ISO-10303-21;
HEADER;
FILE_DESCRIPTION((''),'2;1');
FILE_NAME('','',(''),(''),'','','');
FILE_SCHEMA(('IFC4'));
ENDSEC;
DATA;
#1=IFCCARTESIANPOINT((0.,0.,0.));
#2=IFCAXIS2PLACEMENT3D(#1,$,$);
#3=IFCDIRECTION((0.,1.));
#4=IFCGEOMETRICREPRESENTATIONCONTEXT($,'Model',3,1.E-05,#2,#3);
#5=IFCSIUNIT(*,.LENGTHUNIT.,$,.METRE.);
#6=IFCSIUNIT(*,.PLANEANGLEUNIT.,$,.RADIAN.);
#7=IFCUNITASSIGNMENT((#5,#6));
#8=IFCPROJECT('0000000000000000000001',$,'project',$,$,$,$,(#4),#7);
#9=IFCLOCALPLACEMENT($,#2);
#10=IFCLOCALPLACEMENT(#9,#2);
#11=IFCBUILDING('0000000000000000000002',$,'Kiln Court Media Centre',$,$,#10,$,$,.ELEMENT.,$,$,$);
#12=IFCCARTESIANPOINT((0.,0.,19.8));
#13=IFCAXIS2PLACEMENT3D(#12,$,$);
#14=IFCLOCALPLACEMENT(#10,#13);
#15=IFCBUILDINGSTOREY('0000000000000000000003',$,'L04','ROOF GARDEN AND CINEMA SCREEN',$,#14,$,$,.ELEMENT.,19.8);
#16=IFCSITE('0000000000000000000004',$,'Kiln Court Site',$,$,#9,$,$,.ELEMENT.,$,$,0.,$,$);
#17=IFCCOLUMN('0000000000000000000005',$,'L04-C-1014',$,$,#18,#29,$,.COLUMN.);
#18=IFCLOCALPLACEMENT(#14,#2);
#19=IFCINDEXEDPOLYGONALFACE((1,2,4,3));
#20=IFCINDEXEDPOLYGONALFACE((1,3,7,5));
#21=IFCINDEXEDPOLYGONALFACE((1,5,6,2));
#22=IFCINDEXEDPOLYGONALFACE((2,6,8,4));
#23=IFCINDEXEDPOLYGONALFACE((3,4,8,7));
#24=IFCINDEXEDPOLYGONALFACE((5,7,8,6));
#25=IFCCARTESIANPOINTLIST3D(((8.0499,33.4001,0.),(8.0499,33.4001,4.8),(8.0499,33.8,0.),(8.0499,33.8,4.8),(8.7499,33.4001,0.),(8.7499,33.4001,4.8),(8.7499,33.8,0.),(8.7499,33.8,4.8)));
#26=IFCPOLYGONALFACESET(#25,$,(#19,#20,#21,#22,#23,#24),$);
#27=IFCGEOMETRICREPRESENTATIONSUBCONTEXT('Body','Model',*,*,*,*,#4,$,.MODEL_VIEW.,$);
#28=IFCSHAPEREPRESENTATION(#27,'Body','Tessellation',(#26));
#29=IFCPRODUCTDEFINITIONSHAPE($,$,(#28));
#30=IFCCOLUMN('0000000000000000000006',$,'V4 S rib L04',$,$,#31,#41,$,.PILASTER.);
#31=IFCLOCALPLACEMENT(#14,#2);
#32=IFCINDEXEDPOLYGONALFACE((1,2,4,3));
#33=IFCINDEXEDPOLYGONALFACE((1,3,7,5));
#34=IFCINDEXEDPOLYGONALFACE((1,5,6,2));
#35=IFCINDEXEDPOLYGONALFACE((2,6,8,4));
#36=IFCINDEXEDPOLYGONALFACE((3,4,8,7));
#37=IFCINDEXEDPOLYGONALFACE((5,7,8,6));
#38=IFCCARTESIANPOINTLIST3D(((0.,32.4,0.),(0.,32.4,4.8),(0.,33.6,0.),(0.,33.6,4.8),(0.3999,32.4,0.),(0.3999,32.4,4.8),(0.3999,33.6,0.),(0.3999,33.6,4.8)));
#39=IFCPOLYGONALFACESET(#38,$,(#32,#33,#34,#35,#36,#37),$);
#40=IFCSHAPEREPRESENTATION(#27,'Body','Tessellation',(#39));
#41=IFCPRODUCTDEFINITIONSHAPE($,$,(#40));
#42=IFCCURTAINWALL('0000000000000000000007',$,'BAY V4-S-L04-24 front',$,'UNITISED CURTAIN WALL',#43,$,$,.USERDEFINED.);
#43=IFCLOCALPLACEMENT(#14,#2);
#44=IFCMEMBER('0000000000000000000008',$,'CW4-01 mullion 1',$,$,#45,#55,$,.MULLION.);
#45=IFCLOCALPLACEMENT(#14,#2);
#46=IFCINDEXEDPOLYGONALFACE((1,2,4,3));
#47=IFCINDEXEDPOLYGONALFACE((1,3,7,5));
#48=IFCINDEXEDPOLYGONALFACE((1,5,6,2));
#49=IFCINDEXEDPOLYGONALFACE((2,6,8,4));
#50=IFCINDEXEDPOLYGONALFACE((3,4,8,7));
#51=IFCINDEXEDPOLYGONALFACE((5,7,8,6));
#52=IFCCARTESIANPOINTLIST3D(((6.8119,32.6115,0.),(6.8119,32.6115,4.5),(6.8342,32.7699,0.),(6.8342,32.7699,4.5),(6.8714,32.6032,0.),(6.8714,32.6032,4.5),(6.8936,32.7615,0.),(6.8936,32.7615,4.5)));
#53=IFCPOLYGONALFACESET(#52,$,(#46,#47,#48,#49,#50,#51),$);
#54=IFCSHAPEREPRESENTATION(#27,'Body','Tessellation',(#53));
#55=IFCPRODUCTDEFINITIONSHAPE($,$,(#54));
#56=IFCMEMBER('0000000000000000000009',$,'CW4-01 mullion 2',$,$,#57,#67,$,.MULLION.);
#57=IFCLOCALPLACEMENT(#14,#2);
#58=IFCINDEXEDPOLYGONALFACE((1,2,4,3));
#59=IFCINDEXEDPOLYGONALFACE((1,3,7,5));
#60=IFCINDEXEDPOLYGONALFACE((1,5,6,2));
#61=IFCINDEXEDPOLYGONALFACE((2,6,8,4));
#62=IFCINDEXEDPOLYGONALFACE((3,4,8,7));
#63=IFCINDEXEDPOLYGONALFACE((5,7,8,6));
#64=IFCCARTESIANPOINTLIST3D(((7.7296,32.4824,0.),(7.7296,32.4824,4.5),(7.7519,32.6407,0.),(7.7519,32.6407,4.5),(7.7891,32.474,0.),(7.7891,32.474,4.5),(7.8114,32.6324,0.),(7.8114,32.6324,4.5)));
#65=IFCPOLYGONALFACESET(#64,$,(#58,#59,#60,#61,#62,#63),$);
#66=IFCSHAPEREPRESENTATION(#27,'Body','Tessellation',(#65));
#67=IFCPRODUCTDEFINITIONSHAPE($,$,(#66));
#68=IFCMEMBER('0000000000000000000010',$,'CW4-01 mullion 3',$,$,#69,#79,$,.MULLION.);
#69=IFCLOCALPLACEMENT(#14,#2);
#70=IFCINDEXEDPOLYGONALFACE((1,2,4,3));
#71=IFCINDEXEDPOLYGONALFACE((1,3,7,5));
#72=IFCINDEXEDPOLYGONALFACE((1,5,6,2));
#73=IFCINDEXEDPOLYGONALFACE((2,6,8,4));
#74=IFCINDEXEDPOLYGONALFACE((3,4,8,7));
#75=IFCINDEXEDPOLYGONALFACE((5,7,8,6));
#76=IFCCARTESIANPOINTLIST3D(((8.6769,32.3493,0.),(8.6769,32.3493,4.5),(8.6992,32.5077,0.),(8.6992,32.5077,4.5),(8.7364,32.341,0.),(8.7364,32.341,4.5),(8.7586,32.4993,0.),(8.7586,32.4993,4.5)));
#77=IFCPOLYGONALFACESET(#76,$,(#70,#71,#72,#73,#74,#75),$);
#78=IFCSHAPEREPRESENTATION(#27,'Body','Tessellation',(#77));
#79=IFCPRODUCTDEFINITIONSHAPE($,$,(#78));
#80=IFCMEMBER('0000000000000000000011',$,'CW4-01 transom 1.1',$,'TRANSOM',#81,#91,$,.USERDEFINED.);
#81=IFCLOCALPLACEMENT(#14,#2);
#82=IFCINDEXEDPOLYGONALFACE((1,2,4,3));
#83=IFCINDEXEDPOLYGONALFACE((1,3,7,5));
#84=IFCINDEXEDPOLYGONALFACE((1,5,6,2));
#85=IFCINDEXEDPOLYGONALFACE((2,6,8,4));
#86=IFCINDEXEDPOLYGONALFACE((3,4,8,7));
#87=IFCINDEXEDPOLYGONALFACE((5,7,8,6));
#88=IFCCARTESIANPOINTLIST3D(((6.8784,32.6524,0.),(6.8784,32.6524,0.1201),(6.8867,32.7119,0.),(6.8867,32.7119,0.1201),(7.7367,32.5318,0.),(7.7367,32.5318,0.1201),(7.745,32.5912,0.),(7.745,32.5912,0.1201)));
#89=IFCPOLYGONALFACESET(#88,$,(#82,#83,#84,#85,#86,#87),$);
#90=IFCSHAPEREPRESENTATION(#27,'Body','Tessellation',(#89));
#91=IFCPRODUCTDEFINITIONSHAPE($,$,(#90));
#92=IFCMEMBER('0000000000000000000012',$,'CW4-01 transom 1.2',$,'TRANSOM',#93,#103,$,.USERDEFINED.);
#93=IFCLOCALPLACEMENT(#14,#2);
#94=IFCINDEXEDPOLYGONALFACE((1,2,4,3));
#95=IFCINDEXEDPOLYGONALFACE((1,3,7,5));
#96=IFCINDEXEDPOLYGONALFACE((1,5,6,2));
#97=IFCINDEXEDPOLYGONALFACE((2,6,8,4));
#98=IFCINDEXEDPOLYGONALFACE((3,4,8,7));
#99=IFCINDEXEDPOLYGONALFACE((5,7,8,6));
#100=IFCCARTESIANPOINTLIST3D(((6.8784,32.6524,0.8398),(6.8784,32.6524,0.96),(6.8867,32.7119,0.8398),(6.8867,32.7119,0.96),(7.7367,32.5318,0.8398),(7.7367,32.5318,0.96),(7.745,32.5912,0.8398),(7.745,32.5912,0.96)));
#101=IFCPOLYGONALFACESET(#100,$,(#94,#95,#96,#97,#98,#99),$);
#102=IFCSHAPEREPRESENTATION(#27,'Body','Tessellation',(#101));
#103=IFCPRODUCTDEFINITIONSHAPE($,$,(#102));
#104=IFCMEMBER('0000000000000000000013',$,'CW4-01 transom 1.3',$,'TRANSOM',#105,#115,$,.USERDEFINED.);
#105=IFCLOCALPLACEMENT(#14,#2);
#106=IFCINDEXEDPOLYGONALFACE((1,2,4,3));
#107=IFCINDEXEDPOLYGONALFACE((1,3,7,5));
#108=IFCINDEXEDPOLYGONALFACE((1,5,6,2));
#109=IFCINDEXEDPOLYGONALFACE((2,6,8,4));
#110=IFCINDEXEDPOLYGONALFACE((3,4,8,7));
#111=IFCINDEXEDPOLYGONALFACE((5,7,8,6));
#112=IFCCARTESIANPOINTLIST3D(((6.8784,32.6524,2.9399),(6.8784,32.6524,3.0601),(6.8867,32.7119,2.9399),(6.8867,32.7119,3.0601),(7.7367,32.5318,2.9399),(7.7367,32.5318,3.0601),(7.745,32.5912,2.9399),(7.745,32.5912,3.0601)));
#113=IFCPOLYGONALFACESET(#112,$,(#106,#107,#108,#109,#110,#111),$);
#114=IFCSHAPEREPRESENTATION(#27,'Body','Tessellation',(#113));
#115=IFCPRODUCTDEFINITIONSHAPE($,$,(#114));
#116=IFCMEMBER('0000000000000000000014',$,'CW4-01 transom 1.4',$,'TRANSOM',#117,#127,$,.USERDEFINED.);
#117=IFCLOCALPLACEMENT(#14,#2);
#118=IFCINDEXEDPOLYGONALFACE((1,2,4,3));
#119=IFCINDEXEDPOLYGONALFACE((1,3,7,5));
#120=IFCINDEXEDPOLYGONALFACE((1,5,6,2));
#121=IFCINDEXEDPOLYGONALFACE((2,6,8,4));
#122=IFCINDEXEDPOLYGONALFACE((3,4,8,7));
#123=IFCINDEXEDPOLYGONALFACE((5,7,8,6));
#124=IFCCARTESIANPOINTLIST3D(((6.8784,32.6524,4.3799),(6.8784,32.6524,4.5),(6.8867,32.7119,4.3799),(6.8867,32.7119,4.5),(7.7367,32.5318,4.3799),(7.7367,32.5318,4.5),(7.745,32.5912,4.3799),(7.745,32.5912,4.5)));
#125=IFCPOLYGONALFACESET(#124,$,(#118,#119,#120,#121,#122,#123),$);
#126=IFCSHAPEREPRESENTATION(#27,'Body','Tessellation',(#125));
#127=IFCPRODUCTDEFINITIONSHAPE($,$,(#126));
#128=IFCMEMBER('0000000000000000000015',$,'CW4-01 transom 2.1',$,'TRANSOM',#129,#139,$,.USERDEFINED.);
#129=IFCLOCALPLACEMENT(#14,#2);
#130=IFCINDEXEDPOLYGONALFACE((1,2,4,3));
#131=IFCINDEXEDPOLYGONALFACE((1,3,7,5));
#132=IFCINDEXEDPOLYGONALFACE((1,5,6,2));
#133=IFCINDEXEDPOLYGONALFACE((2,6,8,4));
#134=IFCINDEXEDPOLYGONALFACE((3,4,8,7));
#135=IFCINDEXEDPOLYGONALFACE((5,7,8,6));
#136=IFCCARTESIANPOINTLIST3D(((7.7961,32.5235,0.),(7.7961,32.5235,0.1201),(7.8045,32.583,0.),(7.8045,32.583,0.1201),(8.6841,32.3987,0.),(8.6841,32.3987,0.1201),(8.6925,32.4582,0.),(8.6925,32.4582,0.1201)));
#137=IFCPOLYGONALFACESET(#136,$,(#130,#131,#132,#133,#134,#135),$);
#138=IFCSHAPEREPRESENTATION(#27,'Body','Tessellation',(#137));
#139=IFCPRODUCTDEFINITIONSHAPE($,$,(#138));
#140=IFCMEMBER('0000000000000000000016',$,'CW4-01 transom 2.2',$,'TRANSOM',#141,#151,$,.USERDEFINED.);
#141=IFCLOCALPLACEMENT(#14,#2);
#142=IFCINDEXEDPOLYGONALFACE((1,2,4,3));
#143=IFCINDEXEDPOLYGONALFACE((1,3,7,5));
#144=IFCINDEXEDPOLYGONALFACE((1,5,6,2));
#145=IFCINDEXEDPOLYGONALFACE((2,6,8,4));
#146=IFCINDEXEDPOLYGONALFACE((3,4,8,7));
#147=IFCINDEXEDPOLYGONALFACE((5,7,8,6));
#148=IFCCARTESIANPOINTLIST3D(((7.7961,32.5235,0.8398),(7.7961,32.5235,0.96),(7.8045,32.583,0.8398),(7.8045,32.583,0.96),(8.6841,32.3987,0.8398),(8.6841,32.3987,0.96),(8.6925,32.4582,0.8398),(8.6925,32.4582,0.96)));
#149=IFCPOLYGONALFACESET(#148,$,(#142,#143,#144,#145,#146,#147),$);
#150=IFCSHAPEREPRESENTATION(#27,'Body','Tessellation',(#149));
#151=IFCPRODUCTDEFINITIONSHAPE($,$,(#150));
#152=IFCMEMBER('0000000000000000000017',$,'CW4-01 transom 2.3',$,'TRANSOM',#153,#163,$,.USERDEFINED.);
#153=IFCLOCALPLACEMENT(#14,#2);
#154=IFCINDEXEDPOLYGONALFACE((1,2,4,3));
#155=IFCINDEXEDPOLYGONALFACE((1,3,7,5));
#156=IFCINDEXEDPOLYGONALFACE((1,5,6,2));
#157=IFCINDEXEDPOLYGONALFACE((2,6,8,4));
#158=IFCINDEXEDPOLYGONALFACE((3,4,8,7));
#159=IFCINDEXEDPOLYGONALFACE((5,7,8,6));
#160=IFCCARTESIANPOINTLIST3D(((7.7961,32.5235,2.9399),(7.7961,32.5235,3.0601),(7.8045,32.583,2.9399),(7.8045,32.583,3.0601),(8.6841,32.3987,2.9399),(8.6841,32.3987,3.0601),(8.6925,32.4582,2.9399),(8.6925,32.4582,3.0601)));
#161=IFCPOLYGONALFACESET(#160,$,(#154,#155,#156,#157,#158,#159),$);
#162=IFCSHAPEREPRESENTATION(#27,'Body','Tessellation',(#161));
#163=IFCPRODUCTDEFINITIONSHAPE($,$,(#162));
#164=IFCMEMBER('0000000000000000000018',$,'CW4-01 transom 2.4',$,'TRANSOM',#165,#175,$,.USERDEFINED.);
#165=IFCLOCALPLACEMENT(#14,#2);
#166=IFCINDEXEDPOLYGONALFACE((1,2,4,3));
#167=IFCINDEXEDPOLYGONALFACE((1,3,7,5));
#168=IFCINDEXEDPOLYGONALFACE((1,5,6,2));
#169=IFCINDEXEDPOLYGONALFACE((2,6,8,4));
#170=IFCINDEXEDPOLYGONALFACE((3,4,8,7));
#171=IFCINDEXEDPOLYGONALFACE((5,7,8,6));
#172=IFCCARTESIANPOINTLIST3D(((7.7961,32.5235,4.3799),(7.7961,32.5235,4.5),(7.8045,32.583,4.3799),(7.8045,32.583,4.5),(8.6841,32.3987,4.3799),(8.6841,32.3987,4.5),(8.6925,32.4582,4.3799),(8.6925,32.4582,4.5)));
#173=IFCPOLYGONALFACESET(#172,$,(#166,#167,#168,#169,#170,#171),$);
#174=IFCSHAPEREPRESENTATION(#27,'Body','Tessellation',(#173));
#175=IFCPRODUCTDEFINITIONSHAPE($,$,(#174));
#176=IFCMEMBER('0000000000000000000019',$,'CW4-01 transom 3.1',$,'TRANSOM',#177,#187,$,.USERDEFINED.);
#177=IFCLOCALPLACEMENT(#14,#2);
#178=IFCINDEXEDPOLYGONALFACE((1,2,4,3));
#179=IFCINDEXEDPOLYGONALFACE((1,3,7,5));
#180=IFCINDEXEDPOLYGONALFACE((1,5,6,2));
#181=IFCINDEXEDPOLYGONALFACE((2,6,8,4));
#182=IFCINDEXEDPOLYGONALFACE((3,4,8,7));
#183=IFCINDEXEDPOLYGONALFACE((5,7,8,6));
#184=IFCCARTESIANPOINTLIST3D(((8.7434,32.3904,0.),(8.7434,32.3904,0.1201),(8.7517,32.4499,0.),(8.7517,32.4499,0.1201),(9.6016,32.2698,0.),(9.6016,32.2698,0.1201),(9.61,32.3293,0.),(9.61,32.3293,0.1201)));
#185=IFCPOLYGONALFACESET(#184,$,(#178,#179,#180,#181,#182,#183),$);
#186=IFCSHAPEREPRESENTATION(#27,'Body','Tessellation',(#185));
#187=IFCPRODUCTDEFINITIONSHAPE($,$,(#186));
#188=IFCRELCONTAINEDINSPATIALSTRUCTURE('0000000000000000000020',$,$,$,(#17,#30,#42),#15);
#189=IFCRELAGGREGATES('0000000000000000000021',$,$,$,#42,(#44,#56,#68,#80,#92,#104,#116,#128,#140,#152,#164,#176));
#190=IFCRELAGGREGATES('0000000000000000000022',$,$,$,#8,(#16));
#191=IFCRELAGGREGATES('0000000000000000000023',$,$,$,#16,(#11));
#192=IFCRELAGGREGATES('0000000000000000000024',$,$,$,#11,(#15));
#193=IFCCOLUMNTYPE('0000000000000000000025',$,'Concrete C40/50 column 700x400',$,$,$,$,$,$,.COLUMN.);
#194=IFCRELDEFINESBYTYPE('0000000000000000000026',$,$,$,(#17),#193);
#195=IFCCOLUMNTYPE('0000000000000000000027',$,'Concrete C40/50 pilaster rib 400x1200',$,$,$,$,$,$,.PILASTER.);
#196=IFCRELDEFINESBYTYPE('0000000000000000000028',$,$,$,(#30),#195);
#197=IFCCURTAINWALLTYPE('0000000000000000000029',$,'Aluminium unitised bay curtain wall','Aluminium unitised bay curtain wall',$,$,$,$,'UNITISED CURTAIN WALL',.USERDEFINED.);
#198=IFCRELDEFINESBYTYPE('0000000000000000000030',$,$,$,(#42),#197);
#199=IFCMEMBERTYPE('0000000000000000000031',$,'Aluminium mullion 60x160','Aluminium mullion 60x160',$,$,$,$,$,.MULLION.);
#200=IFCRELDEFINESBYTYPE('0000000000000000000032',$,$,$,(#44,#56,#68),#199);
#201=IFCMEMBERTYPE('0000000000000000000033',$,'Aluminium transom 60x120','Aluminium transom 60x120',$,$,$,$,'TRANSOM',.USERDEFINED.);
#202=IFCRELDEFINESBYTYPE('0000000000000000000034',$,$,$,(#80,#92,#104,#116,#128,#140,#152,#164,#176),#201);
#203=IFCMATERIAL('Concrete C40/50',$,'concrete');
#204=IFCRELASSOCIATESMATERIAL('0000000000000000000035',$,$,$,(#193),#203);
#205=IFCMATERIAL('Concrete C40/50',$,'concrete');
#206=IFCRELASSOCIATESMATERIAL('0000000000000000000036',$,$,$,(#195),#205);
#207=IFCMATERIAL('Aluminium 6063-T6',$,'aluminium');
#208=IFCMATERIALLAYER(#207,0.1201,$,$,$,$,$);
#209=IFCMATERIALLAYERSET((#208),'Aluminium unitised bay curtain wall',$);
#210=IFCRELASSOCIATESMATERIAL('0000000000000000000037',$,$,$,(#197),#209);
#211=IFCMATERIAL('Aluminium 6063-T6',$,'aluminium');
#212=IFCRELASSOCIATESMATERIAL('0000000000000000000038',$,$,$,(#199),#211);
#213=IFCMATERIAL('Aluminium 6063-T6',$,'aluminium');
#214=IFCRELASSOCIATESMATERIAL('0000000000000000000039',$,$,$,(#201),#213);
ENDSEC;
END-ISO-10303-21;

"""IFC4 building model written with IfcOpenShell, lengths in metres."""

from ifc_helpers import new_model, si_unit, direction, frame, origin, origin_2d, place, context, subcontext, project, spatial, rectangle, extrude, material, layer, layer_set, material_profile, profile_set, type_object, element, aggregate, save


model = new_model("IFC4")

# Units and contexts
model_context = context("Model", 3, precision=1e-05, world=origin(), true_north=direction((0.0, 1.0)))
body_context = subcontext(model_context, "Body", "Model", "MODEL_VIEW")
ifc_project = project(units=[si_unit("LENGTHUNIT", "METRE"), si_unit("PLANEANGLEUNIT", "RADIAN")], contexts=[model_context])

# Site, building, storey
site_placement = place(None, origin())
site = spatial("IfcSite", under=ifc_project, at=site_placement, Name="Kiln Court Site", CompositionType="ELEMENT", RefElevation=0.0)
building_placement = place(site_placement, origin())
building = spatial("IfcBuilding", under=site, at=building_placement, Name="Kiln Court Media Centre", CompositionType="ELEMENT")
storey_placement = place(building_placement, frame((0.0, 0.0, 19.8)))
storey = spatial("IfcBuildingStorey", under=building, at=storey_placement, Name="L04", Description="ROOF GARDEN AND CINEMA SCREEN", CompositionType="ELEMENT", Elevation=19.8)

# Columns
ifc_material_1 = material(Name="Concrete C40/50", Category="concrete")
ifc_material_profile_1 = material_profile(ifc_material_1, rectangle(XDim=0.7, YDim=0.3999, at=origin_2d()), Name="RC 700x400")
ifc_profile_set_1 = profile_set([ifc_material_profile_1], Name="Concrete C40/50")
column_type_1 = type_object("IfcColumnType", Name="Concrete C40/50 column 700x400", PredefinedType="COLUMN", material=ifc_profile_set_1)
column_1_placement = place(storey_placement, frame((8.3999, 33.6001, 0.0), z_axis=(0.0, 0.0, 1.0), x_axis=(1.0, 0.0, 0.0)))
element("IfcColumn", 1, at=column_1_placement, inside=storey, type_object=column_type_1, Name="L04-C-1014", PredefinedType="COLUMN", context=body_context, shape_type="SweptSolid", body=[
    extrude(rectangle(XDim=0.7, YDim=0.3999, at=origin_2d()), origin(), (0.0, 0.0, 1.0), 4.8),
])
ifc_material_2 = material(Name="Concrete C40/50", Category="concrete")
ifc_material_profile_2 = material_profile(ifc_material_2, rectangle(XDim=0.3999, YDim=1.2, at=origin_2d()), Name="RC 400x1200")
ifc_profile_set_2 = profile_set([ifc_material_profile_2], Name="Concrete C40/50")
column_type_2 = type_object("IfcColumnType", Name="Concrete C40/50 pilaster rib 400x1200", PredefinedType="PILASTER", material=ifc_profile_set_2)
column_2_placement = place(storey_placement, frame((0.2, 33.0, 0.0), z_axis=(0.0, 0.0, 1.0), x_axis=(1.0, 0.0, 0.0)))
element("IfcColumn", 2, at=column_2_placement, inside=storey, type_object=column_type_2, Name="V4 S rib L04", PredefinedType="PILASTER", context=body_context, shape_type="SweptSolid", body=[
    extrude(rectangle(XDim=0.3999, YDim=1.2, at=origin_2d()), origin(), (0.0, 0.0, 1.0), 4.8),
])

# Curtain wall, members
ifc_material_3 = material(Name="Aluminium 6063-T6", Category="aluminium")
ifc_layer_1 = layer(ifc_material_3, 0.1201)
ifc_layer_set_1 = layer_set([ifc_layer_1], Name="Aluminium unitised bay curtain wall")
curtain_wall_type = type_object("IfcCurtainWallType", Name="Aluminium unitised bay curtain wall", Description="Aluminium unitised bay curtain wall", ElementType="UNITISED CURTAIN WALL", PredefinedType="USERDEFINED", material=ifc_layer_set_1)
curtain_wall_placement = place(storey_placement, origin())
curtain_wall = element("IfcCurtainWall", 3, at=curtain_wall_placement, inside=storey, type_object=curtain_wall_type, Name="BAY V4-S-L04-24 front", ObjectType="UNITISED CURTAIN WALL", PredefinedType="USERDEFINED")
ifc_material_4 = material(Name="Aluminium 6063-T6", Category="aluminium")
ifc_material_profile_3 = material_profile(ifc_material_4, rectangle(XDim=0.0601, YDim=0.1599, at=origin_2d()), Name="Aluminium mullion 60x160")
ifc_profile_set_3 = profile_set([ifc_material_profile_3], Name="Aluminium 6063-T6")
member_type_1 = type_object("IfcMemberType", Name="Aluminium mullion 60x160", Description="Aluminium mullion 60x160", PredefinedType="MULLION", material=ifc_profile_set_3)
member_1_placement = place(storey_placement, frame((6.8528, 32.6865, 0.0), z_axis=(0.0, 0.0, 1.0), x_axis=(0.99027, -0.139162, 0.0)))
member_1 = element("IfcMember", 4, at=member_1_placement, type_object=member_type_1, Name="CW4-01 mullion 1", PredefinedType="MULLION", context=body_context, shape_type="SweptSolid", body=[
    extrude(rectangle(XDim=0.0601, YDim=0.1599, at=origin_2d()), origin(), (0.0, 0.0, 1.0), 4.5),
])
member_2_placement = place(storey_placement, frame((7.7705, 32.5574, 0.0), z_axis=(0.0, 0.0, 1.0), x_axis=(0.99027, -0.139162, 0.0)))
member_2 = element("IfcMember", 5, at=member_2_placement, type_object=member_type_1, Name="CW4-01 mullion 2", PredefinedType="MULLION", context=body_context, shape_type="SweptSolid", body=[
    extrude(rectangle(XDim=0.0601, YDim=0.1599, at=origin_2d()), origin(), (0.0, 0.0, 1.0), 4.5),
])
member_3_placement = place(storey_placement, frame((8.7178, 32.4243, 0.0), z_axis=(0.0, 0.0, 1.0), x_axis=(0.99027, -0.139162, 0.0)))
member_3 = element("IfcMember", 6, at=member_3_placement, type_object=member_type_1, Name="CW4-01 mullion 3", PredefinedType="MULLION", context=body_context, shape_type="SweptSolid", body=[
    extrude(rectangle(XDim=0.0601, YDim=0.1599, at=origin_2d()), origin(), (0.0, 0.0, 1.0), 4.5),
])
ifc_material_5 = material(Name="Aluminium 6063-T6", Category="aluminium")
ifc_material_profile_4 = material_profile(ifc_material_5, rectangle(XDim=0.0601, YDim=0.1201, at=origin_2d()), Name="Aluminium transom 60x120")
ifc_profile_set_4 = profile_set([ifc_material_profile_4], Name="Aluminium 6063-T6")
member_type_2 = type_object("IfcMemberType", Name="Aluminium transom 60x120", Description="Aluminium transom 60x120", ElementType="TRANSOM", PredefinedType="USERDEFINED", material=ifc_profile_set_4)
member_4_placement = place(storey_placement, frame((6.8826, 32.6821, 0.0601), z_axis=(0.990268, -0.139173, 0.0), x_axis=(0.139173, 0.990268, 0.0)))
member_4 = element("IfcMember", 7, at=member_4_placement, type_object=member_type_2, Name="CW4-01 transom 1.1", ObjectType="TRANSOM", PredefinedType="USERDEFINED", context=body_context, shape_type="SweptSolid", body=[
    extrude(rectangle(XDim=0.0601, YDim=0.1201, at=origin_2d()), origin(), (0.0, 0.0, 1.0), 0.8667),
])
member_5_placement = place(storey_placement, frame((6.8826, 32.6821, 0.8999), z_axis=(0.990268, -0.139173, 0.0), x_axis=(0.139173, 0.990268, 0.0)))
member_5 = element("IfcMember", 8, at=member_5_placement, type_object=member_type_2, Name="CW4-01 transom 1.2", ObjectType="TRANSOM", PredefinedType="USERDEFINED", context=body_context, shape_type="SweptSolid", body=[
    extrude(rectangle(XDim=0.0601, YDim=0.1201, at=origin_2d()), origin(), (0.0, 0.0, 1.0), 0.8667),
])
member_6_placement = place(storey_placement, frame((6.8826, 32.6821, 3.0), z_axis=(0.990268, -0.139173, 0.0), x_axis=(0.139173, 0.990268, 0.0)))
member_6 = element("IfcMember", 9, at=member_6_placement, type_object=member_type_2, Name="CW4-01 transom 1.3", ObjectType="TRANSOM", PredefinedType="USERDEFINED", context=body_context, shape_type="SweptSolid", body=[
    extrude(rectangle(XDim=0.0601, YDim=0.1201, at=origin_2d()), origin(), (0.0, 0.0, 1.0), 0.8667),
])
member_7_placement = place(storey_placement, frame((6.8826, 32.6821, 4.4399), z_axis=(0.990268, -0.139173, 0.0), x_axis=(0.139173, 0.990268, 0.0)))
member_7 = element("IfcMember", 10, at=member_7_placement, type_object=member_type_2, Name="CW4-01 transom 1.4", ObjectType="TRANSOM", PredefinedType="USERDEFINED", context=body_context, shape_type="SweptSolid", body=[
    extrude(rectangle(XDim=0.0601, YDim=0.1201, at=origin_2d()), origin(), (0.0, 0.0, 1.0), 0.8667),
])
member_8_placement = place(storey_placement, frame((7.8003, 32.5532, 0.0601), z_axis=(0.990274, -0.139134, 0.0), x_axis=(0.139134, 0.990274, 0.0)))
member_8 = element("IfcMember", 11, at=member_8_placement, type_object=member_type_2, Name="CW4-01 transom 2.1", ObjectType="TRANSOM", PredefinedType="USERDEFINED", context=body_context, shape_type="SweptSolid", body=[
    extrude(rectangle(XDim=0.0601, YDim=0.1201, at=origin_2d()), origin(), (0.0, 0.0, 1.0), 0.8967),
])
member_9_placement = place(storey_placement, frame((7.8003, 32.5532, 0.8999), z_axis=(0.990274, -0.139134, 0.0), x_axis=(0.139134, 0.990274, 0.0)))
member_9 = element("IfcMember", 12, at=member_9_placement, type_object=member_type_2, Name="CW4-01 transom 2.2", ObjectType="TRANSOM", PredefinedType="USERDEFINED", context=body_context, shape_type="SweptSolid", body=[
    extrude(rectangle(XDim=0.0601, YDim=0.1201, at=origin_2d()), origin(), (0.0, 0.0, 1.0), 0.8967),
])
member_10_placement = place(storey_placement, frame((7.8003, 32.5532, 3.0), z_axis=(0.990274, -0.139134, 0.0), x_axis=(0.139134, 0.990274, 0.0)))
member_10 = element("IfcMember", 13, at=member_10_placement, type_object=member_type_2, Name="CW4-01 transom 2.3", ObjectType="TRANSOM", PredefinedType="USERDEFINED", context=body_context, shape_type="SweptSolid", body=[
    extrude(rectangle(XDim=0.0601, YDim=0.1201, at=origin_2d()), origin(), (0.0, 0.0, 1.0), 0.8967),
])
member_11_placement = place(storey_placement, frame((7.8003, 32.5532, 4.4399), z_axis=(0.990274, -0.139134, 0.0), x_axis=(0.139134, 0.990274, 0.0)))
member_11 = element("IfcMember", 14, at=member_11_placement, type_object=member_type_2, Name="CW4-01 transom 2.4", ObjectType="TRANSOM", PredefinedType="USERDEFINED", context=body_context, shape_type="SweptSolid", body=[
    extrude(rectangle(XDim=0.0601, YDim=0.1201, at=origin_2d()), origin(), (0.0, 0.0, 1.0), 0.8967),
])
member_12_placement = place(storey_placement, frame((8.7476, 32.4202, 0.0601), z_axis=(0.990268, -0.139173, 0.0), x_axis=(0.139173, 0.990268, 0.0)))
member_12 = element("IfcMember", 15, at=member_12_placement, type_object=member_type_2, Name="CW4-01 transom 3.1", ObjectType="TRANSOM", PredefinedType="USERDEFINED", context=body_context, shape_type="SweptSolid", body=[
    extrude(rectangle(XDim=0.0601, YDim=0.1201, at=origin_2d()), origin(), (0.0, 0.0, 1.0), 0.8667),
])

aggregate(curtain_wall, [member_1, member_2, member_3, member_4, member_5, member_6, member_7, member_8, member_9, member_10, member_11, member_12])

save(model, "model.ifc")
